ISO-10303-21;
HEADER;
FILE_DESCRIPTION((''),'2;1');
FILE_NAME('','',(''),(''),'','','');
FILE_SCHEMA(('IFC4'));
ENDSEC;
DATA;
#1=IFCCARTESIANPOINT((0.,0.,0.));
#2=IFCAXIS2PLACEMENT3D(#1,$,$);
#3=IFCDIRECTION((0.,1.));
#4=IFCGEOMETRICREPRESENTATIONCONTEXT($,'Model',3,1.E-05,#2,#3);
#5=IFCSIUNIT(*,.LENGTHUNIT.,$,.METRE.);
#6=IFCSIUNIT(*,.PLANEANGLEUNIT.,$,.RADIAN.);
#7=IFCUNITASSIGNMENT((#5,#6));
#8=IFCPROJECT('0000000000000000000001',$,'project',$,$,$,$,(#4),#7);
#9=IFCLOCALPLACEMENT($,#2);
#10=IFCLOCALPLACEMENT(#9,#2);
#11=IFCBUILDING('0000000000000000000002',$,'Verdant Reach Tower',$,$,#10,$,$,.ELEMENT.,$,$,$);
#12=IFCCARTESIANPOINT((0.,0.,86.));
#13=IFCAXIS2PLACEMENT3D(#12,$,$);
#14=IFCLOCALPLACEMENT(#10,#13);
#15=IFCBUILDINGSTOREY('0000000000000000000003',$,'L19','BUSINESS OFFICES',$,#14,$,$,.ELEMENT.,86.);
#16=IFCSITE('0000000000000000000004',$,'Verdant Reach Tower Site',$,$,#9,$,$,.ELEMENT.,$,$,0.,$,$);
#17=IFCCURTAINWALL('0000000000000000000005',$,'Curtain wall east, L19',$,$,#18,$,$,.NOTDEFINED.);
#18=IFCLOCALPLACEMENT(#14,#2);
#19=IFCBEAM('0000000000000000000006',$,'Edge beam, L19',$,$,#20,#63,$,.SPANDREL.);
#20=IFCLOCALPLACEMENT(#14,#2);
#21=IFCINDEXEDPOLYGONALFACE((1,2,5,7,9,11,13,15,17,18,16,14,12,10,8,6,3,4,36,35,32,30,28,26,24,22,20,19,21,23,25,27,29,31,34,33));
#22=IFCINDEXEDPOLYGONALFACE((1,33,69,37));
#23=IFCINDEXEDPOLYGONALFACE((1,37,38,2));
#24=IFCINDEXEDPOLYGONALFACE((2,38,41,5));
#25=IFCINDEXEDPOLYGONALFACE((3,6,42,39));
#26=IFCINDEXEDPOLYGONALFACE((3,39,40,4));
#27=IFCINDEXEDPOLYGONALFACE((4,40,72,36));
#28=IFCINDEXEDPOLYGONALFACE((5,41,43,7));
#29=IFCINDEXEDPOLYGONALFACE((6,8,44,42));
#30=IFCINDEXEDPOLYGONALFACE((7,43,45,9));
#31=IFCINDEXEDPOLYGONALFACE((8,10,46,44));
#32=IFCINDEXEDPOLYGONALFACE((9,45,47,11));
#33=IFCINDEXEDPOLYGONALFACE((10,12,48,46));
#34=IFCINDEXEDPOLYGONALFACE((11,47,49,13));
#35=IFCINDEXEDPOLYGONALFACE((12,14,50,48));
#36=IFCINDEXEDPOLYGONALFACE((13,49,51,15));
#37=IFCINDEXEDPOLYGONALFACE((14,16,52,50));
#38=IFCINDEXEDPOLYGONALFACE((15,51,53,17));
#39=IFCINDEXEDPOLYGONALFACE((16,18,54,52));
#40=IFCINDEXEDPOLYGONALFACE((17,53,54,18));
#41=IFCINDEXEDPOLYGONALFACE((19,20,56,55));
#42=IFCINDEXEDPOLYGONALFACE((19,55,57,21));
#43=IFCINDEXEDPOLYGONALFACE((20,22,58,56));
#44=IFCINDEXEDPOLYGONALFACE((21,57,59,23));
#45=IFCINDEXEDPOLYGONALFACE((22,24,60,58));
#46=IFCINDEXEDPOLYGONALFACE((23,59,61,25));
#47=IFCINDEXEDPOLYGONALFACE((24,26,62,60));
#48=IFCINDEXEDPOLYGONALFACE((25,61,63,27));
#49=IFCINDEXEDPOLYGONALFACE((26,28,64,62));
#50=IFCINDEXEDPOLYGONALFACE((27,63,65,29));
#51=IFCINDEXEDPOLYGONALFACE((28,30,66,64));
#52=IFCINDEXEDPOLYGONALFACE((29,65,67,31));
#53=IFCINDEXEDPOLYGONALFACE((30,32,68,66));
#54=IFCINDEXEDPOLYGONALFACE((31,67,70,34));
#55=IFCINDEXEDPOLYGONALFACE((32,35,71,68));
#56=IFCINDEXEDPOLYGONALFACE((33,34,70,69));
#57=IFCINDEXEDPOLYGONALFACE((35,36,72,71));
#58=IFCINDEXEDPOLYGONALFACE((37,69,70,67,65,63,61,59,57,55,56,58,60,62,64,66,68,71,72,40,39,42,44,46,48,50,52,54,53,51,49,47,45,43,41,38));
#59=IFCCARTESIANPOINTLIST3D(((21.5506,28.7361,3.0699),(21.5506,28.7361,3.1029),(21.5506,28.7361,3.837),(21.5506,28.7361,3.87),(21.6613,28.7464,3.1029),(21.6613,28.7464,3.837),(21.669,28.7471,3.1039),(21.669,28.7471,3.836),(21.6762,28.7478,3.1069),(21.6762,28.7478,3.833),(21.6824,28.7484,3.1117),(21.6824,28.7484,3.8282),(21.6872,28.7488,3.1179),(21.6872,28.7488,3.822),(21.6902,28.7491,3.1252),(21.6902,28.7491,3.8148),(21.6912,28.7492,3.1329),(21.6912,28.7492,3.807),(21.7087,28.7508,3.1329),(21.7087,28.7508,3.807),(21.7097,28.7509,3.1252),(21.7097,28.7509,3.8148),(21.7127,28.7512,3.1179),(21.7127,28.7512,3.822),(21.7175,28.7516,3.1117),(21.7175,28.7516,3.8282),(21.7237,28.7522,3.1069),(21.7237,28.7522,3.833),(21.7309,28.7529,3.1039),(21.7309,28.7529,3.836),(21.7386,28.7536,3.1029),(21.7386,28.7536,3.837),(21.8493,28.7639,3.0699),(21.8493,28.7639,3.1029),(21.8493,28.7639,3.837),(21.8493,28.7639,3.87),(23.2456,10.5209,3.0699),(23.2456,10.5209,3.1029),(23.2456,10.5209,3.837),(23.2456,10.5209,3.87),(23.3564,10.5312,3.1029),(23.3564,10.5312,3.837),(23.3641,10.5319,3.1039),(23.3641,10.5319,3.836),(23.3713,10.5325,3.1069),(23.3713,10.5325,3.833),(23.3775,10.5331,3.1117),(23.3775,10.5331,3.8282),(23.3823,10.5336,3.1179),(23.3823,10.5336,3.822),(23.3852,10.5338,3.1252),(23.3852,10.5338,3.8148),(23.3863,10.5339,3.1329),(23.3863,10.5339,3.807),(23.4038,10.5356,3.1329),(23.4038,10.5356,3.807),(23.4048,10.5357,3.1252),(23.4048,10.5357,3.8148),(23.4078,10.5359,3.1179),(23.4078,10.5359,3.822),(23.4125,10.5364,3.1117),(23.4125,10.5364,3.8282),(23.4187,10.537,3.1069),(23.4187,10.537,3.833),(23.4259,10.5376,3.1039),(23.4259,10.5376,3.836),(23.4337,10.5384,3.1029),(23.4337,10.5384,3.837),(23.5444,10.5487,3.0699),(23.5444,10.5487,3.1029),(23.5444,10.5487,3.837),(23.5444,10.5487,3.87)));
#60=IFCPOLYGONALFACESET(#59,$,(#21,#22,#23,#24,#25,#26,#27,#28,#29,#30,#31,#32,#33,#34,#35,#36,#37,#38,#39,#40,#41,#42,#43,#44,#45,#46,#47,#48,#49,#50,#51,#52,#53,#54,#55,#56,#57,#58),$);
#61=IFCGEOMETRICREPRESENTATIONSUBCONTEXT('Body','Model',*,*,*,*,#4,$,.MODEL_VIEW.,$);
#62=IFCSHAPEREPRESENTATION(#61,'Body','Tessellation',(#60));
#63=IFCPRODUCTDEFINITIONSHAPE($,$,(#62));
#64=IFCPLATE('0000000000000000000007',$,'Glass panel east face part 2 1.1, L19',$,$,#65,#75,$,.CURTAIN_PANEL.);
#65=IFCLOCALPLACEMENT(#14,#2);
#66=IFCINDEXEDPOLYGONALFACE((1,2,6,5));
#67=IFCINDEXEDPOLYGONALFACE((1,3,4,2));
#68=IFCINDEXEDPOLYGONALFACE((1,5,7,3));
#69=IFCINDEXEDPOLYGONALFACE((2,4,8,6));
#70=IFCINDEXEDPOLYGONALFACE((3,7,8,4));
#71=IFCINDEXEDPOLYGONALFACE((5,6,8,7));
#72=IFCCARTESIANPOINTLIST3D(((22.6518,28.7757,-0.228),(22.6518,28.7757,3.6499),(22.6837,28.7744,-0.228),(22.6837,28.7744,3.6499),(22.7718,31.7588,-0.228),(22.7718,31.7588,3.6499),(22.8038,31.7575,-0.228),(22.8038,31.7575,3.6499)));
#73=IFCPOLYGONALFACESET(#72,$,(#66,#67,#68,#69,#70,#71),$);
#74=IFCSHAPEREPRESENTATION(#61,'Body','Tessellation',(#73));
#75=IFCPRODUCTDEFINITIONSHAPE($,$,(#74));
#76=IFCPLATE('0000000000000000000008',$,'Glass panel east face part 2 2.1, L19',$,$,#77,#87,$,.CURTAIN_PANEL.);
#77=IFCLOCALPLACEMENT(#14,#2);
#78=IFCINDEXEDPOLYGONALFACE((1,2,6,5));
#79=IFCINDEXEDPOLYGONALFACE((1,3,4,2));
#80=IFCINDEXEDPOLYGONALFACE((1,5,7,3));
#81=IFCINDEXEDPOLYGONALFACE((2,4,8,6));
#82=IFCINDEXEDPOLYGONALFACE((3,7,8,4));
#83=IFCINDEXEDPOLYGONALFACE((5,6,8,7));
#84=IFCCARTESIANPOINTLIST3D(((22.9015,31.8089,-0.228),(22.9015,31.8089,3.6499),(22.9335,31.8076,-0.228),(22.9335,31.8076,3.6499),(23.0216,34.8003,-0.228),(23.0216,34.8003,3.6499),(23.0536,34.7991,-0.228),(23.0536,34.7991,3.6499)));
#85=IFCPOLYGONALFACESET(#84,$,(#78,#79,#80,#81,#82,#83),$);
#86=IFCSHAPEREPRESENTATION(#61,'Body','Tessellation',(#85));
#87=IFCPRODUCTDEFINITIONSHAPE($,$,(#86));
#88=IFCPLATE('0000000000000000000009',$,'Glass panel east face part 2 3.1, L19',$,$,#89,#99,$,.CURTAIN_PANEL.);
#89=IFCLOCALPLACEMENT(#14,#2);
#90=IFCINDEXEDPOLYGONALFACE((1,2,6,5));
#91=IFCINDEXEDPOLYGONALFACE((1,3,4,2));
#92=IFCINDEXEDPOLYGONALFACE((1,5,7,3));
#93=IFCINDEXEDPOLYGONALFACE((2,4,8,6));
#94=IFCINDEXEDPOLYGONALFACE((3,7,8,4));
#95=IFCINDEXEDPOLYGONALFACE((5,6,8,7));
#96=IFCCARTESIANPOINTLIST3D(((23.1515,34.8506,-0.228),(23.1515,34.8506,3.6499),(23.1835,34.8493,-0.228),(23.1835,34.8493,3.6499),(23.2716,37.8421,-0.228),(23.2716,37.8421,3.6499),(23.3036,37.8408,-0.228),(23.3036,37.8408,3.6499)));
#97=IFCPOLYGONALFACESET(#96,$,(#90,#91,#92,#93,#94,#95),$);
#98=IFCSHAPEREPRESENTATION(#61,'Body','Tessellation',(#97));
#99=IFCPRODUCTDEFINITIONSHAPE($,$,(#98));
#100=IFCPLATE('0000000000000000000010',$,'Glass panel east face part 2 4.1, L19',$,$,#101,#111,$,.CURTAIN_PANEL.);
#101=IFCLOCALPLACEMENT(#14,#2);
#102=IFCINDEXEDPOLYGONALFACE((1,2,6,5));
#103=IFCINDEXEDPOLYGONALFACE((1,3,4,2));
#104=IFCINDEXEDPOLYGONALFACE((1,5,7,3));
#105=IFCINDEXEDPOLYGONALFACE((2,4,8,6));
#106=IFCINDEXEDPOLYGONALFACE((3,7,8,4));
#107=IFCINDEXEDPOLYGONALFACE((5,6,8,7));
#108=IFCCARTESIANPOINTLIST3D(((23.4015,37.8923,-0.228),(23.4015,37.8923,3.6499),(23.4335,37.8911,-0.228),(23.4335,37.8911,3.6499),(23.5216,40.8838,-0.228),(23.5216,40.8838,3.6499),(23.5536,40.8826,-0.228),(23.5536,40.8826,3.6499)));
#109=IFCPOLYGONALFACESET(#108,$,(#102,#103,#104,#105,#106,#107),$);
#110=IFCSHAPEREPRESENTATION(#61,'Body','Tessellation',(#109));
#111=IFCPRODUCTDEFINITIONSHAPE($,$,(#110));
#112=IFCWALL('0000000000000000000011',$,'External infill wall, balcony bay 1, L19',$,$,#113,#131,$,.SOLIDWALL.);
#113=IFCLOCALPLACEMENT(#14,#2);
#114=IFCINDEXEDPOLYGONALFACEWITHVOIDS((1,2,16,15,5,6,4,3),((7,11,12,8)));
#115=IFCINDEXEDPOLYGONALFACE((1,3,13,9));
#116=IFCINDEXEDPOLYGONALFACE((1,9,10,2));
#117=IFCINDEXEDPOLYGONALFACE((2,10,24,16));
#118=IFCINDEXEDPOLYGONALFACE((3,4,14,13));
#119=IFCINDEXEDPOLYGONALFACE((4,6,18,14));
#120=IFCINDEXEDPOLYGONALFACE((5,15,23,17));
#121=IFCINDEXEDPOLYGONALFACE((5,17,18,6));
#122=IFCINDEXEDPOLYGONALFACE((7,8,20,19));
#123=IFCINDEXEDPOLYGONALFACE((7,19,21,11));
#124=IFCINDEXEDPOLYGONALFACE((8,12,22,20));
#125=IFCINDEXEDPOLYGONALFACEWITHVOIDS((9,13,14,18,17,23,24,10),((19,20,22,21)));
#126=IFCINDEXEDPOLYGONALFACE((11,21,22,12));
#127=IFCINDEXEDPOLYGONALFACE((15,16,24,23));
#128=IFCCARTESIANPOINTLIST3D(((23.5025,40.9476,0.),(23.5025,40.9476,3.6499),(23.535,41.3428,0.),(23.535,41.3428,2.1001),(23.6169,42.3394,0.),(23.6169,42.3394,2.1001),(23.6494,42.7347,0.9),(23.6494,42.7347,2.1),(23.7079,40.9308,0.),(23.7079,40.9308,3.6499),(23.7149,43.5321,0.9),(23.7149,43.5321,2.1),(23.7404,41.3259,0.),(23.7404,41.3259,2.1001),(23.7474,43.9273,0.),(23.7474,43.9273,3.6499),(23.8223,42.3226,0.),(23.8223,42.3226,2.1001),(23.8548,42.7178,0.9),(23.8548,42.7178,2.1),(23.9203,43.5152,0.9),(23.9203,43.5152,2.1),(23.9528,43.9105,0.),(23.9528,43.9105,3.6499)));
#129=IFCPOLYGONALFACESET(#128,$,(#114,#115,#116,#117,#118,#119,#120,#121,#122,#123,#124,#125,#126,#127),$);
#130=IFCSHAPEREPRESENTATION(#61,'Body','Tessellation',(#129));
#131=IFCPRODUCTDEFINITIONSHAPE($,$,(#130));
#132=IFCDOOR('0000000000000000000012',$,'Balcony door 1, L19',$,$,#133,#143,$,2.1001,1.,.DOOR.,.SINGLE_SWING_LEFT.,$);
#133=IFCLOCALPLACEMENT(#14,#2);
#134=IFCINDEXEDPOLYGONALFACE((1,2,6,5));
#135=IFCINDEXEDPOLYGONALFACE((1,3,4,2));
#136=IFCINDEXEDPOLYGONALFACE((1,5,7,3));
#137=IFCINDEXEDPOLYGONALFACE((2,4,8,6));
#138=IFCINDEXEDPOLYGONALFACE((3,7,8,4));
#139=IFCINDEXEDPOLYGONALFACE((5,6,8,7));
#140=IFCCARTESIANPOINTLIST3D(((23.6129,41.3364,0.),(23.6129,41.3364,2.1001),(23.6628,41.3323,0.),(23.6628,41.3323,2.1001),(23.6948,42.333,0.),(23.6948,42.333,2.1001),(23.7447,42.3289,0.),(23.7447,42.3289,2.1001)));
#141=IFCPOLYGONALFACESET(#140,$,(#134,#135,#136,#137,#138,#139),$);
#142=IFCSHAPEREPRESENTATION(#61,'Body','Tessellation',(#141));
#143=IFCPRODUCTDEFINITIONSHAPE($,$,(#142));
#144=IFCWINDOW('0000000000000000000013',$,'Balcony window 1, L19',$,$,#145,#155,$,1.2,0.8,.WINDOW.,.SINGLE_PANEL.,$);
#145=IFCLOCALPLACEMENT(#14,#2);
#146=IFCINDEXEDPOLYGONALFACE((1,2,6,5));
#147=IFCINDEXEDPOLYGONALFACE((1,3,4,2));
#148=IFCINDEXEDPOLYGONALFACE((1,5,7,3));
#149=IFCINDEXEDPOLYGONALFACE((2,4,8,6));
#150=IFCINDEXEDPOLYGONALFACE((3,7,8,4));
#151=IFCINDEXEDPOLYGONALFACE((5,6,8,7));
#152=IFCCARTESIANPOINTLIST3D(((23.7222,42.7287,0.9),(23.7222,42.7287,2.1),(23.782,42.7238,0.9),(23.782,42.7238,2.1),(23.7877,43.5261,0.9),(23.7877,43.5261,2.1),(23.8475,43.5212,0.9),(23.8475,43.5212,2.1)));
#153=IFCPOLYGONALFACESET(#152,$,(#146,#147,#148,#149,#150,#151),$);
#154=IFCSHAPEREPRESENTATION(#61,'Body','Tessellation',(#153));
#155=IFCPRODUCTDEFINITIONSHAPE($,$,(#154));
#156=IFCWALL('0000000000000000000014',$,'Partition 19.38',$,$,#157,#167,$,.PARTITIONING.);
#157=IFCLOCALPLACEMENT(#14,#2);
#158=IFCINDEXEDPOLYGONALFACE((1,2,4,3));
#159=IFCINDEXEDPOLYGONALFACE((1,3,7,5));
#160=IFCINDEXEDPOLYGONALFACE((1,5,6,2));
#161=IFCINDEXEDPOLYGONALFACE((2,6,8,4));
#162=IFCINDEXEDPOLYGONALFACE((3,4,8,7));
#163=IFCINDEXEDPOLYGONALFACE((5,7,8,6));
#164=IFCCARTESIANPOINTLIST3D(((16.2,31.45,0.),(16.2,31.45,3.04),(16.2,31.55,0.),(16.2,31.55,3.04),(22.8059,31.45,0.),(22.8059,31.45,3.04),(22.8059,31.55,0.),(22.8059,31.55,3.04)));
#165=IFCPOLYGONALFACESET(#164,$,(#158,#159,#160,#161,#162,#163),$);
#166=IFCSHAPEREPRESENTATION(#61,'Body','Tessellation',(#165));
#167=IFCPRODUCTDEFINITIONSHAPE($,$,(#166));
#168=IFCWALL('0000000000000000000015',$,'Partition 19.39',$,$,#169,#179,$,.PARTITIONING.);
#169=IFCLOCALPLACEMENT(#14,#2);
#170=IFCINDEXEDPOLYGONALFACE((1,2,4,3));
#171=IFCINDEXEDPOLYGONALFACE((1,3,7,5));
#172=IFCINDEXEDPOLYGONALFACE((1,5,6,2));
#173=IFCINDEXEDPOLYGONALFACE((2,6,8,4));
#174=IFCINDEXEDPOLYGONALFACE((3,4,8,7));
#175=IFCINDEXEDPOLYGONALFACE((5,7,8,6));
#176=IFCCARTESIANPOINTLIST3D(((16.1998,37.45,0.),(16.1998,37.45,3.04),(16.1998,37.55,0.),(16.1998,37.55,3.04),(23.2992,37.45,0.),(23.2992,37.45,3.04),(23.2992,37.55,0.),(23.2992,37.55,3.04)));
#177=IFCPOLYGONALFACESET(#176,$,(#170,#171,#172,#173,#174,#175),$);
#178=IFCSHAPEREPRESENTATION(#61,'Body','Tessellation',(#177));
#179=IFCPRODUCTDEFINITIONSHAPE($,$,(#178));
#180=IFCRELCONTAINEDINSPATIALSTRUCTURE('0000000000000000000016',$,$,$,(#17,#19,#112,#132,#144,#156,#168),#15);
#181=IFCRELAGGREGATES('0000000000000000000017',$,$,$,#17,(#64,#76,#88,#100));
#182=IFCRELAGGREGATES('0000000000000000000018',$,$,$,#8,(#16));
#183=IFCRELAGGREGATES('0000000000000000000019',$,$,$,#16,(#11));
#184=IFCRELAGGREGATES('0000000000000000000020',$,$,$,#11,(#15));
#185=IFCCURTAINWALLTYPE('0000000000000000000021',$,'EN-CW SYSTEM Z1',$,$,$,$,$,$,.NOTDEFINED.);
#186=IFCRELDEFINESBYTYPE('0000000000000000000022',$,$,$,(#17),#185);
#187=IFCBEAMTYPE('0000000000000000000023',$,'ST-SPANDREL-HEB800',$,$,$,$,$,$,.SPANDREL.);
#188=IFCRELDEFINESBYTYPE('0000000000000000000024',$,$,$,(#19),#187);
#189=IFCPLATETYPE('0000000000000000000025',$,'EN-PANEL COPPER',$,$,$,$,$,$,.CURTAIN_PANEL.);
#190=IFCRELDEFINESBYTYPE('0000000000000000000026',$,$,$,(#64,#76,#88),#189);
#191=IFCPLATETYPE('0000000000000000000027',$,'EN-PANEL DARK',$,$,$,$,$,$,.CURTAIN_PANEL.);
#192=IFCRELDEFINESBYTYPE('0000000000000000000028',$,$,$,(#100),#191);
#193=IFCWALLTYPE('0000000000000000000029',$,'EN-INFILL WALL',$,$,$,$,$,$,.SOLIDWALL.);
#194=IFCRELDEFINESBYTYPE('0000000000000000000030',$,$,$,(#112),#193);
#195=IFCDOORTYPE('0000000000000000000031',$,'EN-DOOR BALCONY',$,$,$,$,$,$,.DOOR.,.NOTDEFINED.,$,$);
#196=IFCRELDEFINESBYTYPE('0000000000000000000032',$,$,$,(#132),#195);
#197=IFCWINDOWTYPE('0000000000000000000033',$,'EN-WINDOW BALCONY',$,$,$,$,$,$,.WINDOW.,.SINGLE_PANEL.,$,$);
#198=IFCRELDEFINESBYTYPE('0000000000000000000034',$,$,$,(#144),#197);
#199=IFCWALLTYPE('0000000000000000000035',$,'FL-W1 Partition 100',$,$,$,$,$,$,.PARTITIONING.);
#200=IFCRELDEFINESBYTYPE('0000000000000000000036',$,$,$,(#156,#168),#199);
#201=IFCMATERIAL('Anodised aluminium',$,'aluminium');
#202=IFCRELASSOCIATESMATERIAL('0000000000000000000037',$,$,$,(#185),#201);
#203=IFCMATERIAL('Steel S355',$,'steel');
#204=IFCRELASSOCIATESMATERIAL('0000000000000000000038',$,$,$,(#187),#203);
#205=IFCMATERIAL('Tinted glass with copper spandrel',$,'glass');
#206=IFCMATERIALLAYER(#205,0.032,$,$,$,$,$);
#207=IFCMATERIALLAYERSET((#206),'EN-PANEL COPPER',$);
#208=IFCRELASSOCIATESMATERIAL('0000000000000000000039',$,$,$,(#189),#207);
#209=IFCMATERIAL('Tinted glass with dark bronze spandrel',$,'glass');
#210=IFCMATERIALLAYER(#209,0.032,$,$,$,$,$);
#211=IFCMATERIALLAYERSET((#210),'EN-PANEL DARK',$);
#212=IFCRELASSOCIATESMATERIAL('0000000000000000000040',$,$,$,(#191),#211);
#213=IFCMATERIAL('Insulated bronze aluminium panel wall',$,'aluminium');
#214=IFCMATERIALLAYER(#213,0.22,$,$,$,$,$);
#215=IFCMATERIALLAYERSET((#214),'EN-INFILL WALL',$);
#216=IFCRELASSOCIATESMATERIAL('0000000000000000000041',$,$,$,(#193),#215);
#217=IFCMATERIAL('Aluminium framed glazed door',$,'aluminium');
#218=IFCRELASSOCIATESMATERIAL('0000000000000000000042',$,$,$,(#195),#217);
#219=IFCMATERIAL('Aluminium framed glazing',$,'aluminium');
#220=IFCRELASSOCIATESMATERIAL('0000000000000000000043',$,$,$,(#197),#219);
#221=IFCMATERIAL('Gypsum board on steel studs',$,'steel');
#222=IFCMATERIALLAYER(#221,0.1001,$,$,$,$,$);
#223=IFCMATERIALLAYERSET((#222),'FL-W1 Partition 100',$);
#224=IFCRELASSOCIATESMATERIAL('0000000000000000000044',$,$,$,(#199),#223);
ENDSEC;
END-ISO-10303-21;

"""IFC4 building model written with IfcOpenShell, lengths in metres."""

from ifc_helpers import new_model, si_unit, direction, frame, frame_2d, origin, origin_2d, place, context, subcontext, project, spatial, rectangle, i_section, extrude, material, layer, layer_set, material_profile, profile_set, type_object, element, fill, aggregate, save


model = new_model("IFC4")

# Units and contexts
model_context = context("Model", 3, precision=1e-05, world=origin(), true_north=direction((0.0, 1.0)))
body_context = subcontext(model_context, "Body", "Model", "MODEL_VIEW")
ifc_project = project(units=[si_unit("LENGTHUNIT", "METRE"), si_unit("PLANEANGLEUNIT", "RADIAN")], contexts=[model_context])

# Site, building, storey
site_placement = place(None, origin())
site = spatial("IfcSite", under=ifc_project, at=site_placement, Name="Verdant Reach Tower Site", CompositionType="ELEMENT", RefElevation=0.0)
building_placement = place(site_placement, origin())
building = spatial("IfcBuilding", under=site, at=building_placement, Name="Verdant Reach Tower", CompositionType="ELEMENT")
storey_placement = place(building_placement, frame((0.0, 0.0, 86.0)))
storey = spatial("IfcBuildingStorey", under=building, at=storey_placement, Name="L19", Description="BUSINESS OFFICES", CompositionType="ELEMENT", Elevation=86.0)

# Curtain wall
ifc_material_1 = material(Name="Anodised aluminium", Category="aluminium")
curtain_wall_type = type_object("IfcCurtainWallType", Name="EN-CW SYSTEM Z1", PredefinedType="NOTDEFINED", material=ifc_material_1)
curtain_wall_placement = place(storey_placement, origin())
curtain_wall = element("IfcCurtainWall", 1, at=curtain_wall_placement, inside=storey, type_object=curtain_wall_type, Name="Curtain wall east, L19", PredefinedType="NOTDEFINED")

# Beam
ifc_material_2 = material(Name="Steel S355", Category="steel")
ifc_material_profile_1 = material_profile(ifc_material_2, i_section(OverallWidth=0.3, OverallDepth=0.8, WebThickness=0.0176, FlangeThickness=0.033, FilletRadius=0.03, at=origin_2d()), Name="HEB 800")
ifc_profile_set_1 = profile_set([ifc_material_profile_1], Name="Steel S355")
beam_type_1 = type_object("IfcBeamType", Name="ST-SPANDREL-HEB800", PredefinedType="SPANDREL", material=ifc_profile_set_1)
beam_1_placement = place(storey_placement, frame((21.7, 28.75, 3.47), z_axis=(0.092657, -0.995698, 0.0), x_axis=(0.995698, 0.092657, 0.0)))
element("IfcBeam", 2, at=beam_1_placement, inside=storey, type_object=beam_type_1, Name="Edge beam, L19", PredefinedType="SPANDREL", context=body_context, shape_type="SweptSolid", body=[
    extrude(i_section(OverallWidth=0.3, OverallDepth=0.8, WebThickness=0.0176, FlangeThickness=0.033, FilletRadius=0.03, at=origin_2d()), origin(), (0.0, 0.0, 1.0), 18.2939),
])

# Plates
ifc_material_3 = material(Name="Tinted glass with copper spandrel", Category="glass")
ifc_layer_1 = layer(ifc_material_3, 0.032)
ifc_layer_set_1 = layer_set([ifc_layer_1], Name="EN-PANEL COPPER")
plate_type_1 = type_object("IfcPlateType", Name="EN-PANEL COPPER", PredefinedType="CURTAIN_PANEL", material=ifc_layer_set_1)
plate_1_placement = place(storey_placement, frame((22.7278, 30.2666, -0.228), z_axis=(0.0, 0.0, 1.0), x_axis=(0.040222, 0.999191, 0.0)))
plate_1 = element("IfcPlate", 3, at=plate_1_placement, type_object=plate_type_1, Name="Glass panel east face part 2 1.1, L19", PredefinedType="CURTAIN_PANEL", context=body_context, shape_type="SweptSolid", body=[
    extrude(rectangle(XDim=2.9856, YDim=0.032, at=origin_2d()), origin(), (0.0, 0.0, 1.0), 3.8779),
])
plate_2_placement = place(storey_placement, frame((22.9775, 33.304, -0.228), z_axis=(0.0, 0.0, 1.0), x_axis=(0.040109, 0.999195, 0.0)))
plate_2 = element("IfcPlate", 4, at=plate_2_placement, type_object=plate_type_1, Name="Glass panel east face part 2 2.1, L19", PredefinedType="CURTAIN_PANEL", context=body_context, shape_type="SweptSolid", body=[
    extrude(rectangle(XDim=2.9939, YDim=0.032, at=origin_2d()), origin(), (0.0, 0.0, 1.0), 3.8779),
])
plate_3_placement = place(storey_placement, frame((23.2275, 36.3457, -0.228), z_axis=(0.0, 0.0, 1.0), x_axis=(0.040109, 0.999195, 0.0)))
plate_3 = element("IfcPlate", 5, at=plate_3_placement, type_object=plate_type_1, Name="Glass panel east face part 2 3.1, L19", PredefinedType="CURTAIN_PANEL", context=body_context, shape_type="SweptSolid", body=[
    extrude(rectangle(XDim=2.9939, YDim=0.032, at=origin_2d()), origin(), (0.0, 0.0, 1.0), 3.8779),
])
ifc_material_4 = material(Name="Tinted glass with dark bronze spandrel", Category="glass")
ifc_layer_2 = layer(ifc_material_4, 0.032)
ifc_layer_set_2 = layer_set([ifc_layer_2], Name="EN-PANEL DARK")
plate_type_2 = type_object("IfcPlateType", Name="EN-PANEL DARK", PredefinedType="CURTAIN_PANEL", material=ifc_layer_set_2)
plate_4_placement = place(storey_placement, frame((23.4775, 39.3875, -0.228), z_axis=(0.0, 0.0, 1.0), x_axis=(0.040109, 0.999195, 0.0)))
plate_4 = element("IfcPlate", 6, at=plate_4_placement, type_object=plate_type_2, Name="Glass panel east face part 2 4.1, L19", PredefinedType="CURTAIN_PANEL", context=body_context, shape_type="SweptSolid", body=[
    extrude(rectangle(XDim=2.9939, YDim=0.032, at=origin_2d()), origin(), (0.0, 0.0, 1.0), 3.8779),
])
aggregate(curtain_wall, [plate_1, plate_2, plate_3, plate_4])

# Wall, openings, door, window
ifc_material_5 = material(Name="Insulated bronze aluminium panel wall", Category="aluminium")
ifc_layer_3 = layer(ifc_material_5, 0.22)
ifc_layer_set_3 = layer_set([ifc_layer_3], Name="EN-INFILL WALL")
wall_type_1 = type_object("IfcWallType", Name="EN-INFILL WALL", PredefinedType="SOLIDWALL", material=ifc_layer_set_3)
wall_1_placement = place(storey_placement, frame((23.6052, 40.9392, 0.0), z_axis=(0.0, 0.0, 1.0), x_axis=(0.081903, 0.99664, 0.0)))
wall_1 = element("IfcWall", 7, at=wall_1_placement, inside=storey, type_object=wall_type_1, Name="External infill wall, balcony bay 1, L19", PredefinedType="SOLIDWALL", context=body_context, shape_type="SweptSolid", body=[
    extrude(rectangle(XDim=2.9897, YDim=0.2061, at=frame_2d((1.4949, 0.0))), origin(), (0.0, 0.0, 1.0), 3.6499),
])
opening_1_placement = place(wall_1_placement, frame((0.3965, 0.0, 0.0)))
opening_1 = element("IfcOpeningElement", 8, at=opening_1_placement, cuts=wall_1, PredefinedType="OPENING", context=body_context, shape_type="SweptSolid", body=[
    extrude(rectangle(XDim=1.0, YDim=2.1001, at=frame_2d((0.5, 1.05))), frame((0.0, 0.113, 0.0), z_axis=(0.0, -1.0, 0.0), x_axis=(1.0, 0.0, 0.0)), (0.0, 0.0, 1.0), 0.2261),
])
opening_2_placement = place(wall_1_placement, frame((1.7932, 0.0, 0.8999)))
opening_2 = element("IfcOpeningElement", 9, at=opening_2_placement, cuts=wall_1, PredefinedType="OPENING", context=body_context, shape_type="SweptSolid", body=[
    extrude(rectangle(XDim=0.8, YDim=1.2, at=frame_2d((0.3999, 0.6001))), frame((0.0, 0.113, 0.0), z_axis=(0.0, -1.0, 0.0), x_axis=(1.0, 0.0, 0.0)), (0.0, 0.0, 1.0), 0.2261),
])
ifc_material_6 = material(Name="Aluminium framed glazed door", Category="aluminium")
door_type_1 = type_object("IfcDoorType", Name="EN-DOOR BALCONY", OperationType="NOTDEFINED", PredefinedType="DOOR", material=ifc_material_6)
door_1_placement = place(opening_1_placement, origin())
door_1 = element("IfcDoor", 10, at=door_1_placement, inside=storey, type_object=door_type_1, Name="Balcony door 1, L19", OperationType="SINGLE_SWING_LEFT", OverallHeight=2.1001, OverallWidth=1.0, PredefinedType="DOOR", context=body_context, shape_type="SweptSolid", body=[
    extrude(rectangle(XDim=1.0, YDim=2.1001, at=frame_2d((0.5, 1.05))), frame((0.0, 0.0249, 0.0), z_axis=(0.0, -1.0, 0.0), x_axis=(1.0, 0.0, 0.0)), (0.0, 0.0, 1.0), 0.05),
])
fill(opening_1, door_1)
ifc_material_7 = material(Name="Aluminium framed glazing", Category="aluminium")
window_type = type_object("IfcWindowType", Name="EN-WINDOW BALCONY", PartitioningType="SINGLE_PANEL", PredefinedType="WINDOW", material=ifc_material_7)
window_placement = place(opening_2_placement, origin())
window = element("IfcWindow", 11, at=window_placement, inside=storey, type_object=window_type, Name="Balcony window 1, L19", OverallHeight=1.2, OverallWidth=0.8, PartitioningType="SINGLE_PANEL", PredefinedType="WINDOW", context=body_context, shape_type="SweptSolid", body=[
    extrude(rectangle(XDim=0.8, YDim=1.2, at=frame_2d((0.3999, 0.6001))), frame((0.0, 0.03, 0.0), z_axis=(0.0, -1.0, 0.0), x_axis=(1.0, 0.0, 0.0)), (0.0, 0.0, 1.0), 0.0601),
])
fill(opening_2, window)

# Walls
ifc_material_8 = material(Name="Gypsum board on steel studs", Category="steel")
ifc_layer_4 = layer(ifc_material_8, 0.1001)
ifc_layer_set_4 = layer_set([ifc_layer_4], Name="FL-W1 Partition 100")
wall_type_2 = type_object("IfcWallType", Name="FL-W1 Partition 100", PredefinedType="PARTITIONING", material=ifc_layer_set_4)
wall_2_placement = place(storey_placement, frame((22.8059, 31.5, 0.0), z_axis=(0.0, 0.0, 1.0), x_axis=(-1.0, 0.0, 0.0)))
element("IfcWall", 12, at=wall_2_placement, inside=storey, type_object=wall_type_2, Name="Partition 19.38", PredefinedType="PARTITIONING", context=body_context, shape_type="SweptSolid", body=[
    extrude(rectangle(XDim=6.606, YDim=0.1001, at=frame_2d((3.303, 0.0))), origin(), (0.0, 0.0, 1.0), 3.04),
])
wall_3_placement = place(storey_placement, frame((23.2993, 37.5, 0.0), z_axis=(0.0, 0.0, 1.0), x_axis=(-1.0, 0.0, 0.0)))
element("IfcWall", 13, at=wall_3_placement, inside=storey, type_object=wall_type_2, Name="Partition 19.39", PredefinedType="PARTITIONING", context=body_context, shape_type="SweptSolid", body=[
    extrude(rectangle(XDim=7.0994, YDim=0.1001, at=frame_2d((3.5498, 0.0))), origin(), (0.0, 0.0, 1.0), 3.04),
])

save(model, "model.ifc")
